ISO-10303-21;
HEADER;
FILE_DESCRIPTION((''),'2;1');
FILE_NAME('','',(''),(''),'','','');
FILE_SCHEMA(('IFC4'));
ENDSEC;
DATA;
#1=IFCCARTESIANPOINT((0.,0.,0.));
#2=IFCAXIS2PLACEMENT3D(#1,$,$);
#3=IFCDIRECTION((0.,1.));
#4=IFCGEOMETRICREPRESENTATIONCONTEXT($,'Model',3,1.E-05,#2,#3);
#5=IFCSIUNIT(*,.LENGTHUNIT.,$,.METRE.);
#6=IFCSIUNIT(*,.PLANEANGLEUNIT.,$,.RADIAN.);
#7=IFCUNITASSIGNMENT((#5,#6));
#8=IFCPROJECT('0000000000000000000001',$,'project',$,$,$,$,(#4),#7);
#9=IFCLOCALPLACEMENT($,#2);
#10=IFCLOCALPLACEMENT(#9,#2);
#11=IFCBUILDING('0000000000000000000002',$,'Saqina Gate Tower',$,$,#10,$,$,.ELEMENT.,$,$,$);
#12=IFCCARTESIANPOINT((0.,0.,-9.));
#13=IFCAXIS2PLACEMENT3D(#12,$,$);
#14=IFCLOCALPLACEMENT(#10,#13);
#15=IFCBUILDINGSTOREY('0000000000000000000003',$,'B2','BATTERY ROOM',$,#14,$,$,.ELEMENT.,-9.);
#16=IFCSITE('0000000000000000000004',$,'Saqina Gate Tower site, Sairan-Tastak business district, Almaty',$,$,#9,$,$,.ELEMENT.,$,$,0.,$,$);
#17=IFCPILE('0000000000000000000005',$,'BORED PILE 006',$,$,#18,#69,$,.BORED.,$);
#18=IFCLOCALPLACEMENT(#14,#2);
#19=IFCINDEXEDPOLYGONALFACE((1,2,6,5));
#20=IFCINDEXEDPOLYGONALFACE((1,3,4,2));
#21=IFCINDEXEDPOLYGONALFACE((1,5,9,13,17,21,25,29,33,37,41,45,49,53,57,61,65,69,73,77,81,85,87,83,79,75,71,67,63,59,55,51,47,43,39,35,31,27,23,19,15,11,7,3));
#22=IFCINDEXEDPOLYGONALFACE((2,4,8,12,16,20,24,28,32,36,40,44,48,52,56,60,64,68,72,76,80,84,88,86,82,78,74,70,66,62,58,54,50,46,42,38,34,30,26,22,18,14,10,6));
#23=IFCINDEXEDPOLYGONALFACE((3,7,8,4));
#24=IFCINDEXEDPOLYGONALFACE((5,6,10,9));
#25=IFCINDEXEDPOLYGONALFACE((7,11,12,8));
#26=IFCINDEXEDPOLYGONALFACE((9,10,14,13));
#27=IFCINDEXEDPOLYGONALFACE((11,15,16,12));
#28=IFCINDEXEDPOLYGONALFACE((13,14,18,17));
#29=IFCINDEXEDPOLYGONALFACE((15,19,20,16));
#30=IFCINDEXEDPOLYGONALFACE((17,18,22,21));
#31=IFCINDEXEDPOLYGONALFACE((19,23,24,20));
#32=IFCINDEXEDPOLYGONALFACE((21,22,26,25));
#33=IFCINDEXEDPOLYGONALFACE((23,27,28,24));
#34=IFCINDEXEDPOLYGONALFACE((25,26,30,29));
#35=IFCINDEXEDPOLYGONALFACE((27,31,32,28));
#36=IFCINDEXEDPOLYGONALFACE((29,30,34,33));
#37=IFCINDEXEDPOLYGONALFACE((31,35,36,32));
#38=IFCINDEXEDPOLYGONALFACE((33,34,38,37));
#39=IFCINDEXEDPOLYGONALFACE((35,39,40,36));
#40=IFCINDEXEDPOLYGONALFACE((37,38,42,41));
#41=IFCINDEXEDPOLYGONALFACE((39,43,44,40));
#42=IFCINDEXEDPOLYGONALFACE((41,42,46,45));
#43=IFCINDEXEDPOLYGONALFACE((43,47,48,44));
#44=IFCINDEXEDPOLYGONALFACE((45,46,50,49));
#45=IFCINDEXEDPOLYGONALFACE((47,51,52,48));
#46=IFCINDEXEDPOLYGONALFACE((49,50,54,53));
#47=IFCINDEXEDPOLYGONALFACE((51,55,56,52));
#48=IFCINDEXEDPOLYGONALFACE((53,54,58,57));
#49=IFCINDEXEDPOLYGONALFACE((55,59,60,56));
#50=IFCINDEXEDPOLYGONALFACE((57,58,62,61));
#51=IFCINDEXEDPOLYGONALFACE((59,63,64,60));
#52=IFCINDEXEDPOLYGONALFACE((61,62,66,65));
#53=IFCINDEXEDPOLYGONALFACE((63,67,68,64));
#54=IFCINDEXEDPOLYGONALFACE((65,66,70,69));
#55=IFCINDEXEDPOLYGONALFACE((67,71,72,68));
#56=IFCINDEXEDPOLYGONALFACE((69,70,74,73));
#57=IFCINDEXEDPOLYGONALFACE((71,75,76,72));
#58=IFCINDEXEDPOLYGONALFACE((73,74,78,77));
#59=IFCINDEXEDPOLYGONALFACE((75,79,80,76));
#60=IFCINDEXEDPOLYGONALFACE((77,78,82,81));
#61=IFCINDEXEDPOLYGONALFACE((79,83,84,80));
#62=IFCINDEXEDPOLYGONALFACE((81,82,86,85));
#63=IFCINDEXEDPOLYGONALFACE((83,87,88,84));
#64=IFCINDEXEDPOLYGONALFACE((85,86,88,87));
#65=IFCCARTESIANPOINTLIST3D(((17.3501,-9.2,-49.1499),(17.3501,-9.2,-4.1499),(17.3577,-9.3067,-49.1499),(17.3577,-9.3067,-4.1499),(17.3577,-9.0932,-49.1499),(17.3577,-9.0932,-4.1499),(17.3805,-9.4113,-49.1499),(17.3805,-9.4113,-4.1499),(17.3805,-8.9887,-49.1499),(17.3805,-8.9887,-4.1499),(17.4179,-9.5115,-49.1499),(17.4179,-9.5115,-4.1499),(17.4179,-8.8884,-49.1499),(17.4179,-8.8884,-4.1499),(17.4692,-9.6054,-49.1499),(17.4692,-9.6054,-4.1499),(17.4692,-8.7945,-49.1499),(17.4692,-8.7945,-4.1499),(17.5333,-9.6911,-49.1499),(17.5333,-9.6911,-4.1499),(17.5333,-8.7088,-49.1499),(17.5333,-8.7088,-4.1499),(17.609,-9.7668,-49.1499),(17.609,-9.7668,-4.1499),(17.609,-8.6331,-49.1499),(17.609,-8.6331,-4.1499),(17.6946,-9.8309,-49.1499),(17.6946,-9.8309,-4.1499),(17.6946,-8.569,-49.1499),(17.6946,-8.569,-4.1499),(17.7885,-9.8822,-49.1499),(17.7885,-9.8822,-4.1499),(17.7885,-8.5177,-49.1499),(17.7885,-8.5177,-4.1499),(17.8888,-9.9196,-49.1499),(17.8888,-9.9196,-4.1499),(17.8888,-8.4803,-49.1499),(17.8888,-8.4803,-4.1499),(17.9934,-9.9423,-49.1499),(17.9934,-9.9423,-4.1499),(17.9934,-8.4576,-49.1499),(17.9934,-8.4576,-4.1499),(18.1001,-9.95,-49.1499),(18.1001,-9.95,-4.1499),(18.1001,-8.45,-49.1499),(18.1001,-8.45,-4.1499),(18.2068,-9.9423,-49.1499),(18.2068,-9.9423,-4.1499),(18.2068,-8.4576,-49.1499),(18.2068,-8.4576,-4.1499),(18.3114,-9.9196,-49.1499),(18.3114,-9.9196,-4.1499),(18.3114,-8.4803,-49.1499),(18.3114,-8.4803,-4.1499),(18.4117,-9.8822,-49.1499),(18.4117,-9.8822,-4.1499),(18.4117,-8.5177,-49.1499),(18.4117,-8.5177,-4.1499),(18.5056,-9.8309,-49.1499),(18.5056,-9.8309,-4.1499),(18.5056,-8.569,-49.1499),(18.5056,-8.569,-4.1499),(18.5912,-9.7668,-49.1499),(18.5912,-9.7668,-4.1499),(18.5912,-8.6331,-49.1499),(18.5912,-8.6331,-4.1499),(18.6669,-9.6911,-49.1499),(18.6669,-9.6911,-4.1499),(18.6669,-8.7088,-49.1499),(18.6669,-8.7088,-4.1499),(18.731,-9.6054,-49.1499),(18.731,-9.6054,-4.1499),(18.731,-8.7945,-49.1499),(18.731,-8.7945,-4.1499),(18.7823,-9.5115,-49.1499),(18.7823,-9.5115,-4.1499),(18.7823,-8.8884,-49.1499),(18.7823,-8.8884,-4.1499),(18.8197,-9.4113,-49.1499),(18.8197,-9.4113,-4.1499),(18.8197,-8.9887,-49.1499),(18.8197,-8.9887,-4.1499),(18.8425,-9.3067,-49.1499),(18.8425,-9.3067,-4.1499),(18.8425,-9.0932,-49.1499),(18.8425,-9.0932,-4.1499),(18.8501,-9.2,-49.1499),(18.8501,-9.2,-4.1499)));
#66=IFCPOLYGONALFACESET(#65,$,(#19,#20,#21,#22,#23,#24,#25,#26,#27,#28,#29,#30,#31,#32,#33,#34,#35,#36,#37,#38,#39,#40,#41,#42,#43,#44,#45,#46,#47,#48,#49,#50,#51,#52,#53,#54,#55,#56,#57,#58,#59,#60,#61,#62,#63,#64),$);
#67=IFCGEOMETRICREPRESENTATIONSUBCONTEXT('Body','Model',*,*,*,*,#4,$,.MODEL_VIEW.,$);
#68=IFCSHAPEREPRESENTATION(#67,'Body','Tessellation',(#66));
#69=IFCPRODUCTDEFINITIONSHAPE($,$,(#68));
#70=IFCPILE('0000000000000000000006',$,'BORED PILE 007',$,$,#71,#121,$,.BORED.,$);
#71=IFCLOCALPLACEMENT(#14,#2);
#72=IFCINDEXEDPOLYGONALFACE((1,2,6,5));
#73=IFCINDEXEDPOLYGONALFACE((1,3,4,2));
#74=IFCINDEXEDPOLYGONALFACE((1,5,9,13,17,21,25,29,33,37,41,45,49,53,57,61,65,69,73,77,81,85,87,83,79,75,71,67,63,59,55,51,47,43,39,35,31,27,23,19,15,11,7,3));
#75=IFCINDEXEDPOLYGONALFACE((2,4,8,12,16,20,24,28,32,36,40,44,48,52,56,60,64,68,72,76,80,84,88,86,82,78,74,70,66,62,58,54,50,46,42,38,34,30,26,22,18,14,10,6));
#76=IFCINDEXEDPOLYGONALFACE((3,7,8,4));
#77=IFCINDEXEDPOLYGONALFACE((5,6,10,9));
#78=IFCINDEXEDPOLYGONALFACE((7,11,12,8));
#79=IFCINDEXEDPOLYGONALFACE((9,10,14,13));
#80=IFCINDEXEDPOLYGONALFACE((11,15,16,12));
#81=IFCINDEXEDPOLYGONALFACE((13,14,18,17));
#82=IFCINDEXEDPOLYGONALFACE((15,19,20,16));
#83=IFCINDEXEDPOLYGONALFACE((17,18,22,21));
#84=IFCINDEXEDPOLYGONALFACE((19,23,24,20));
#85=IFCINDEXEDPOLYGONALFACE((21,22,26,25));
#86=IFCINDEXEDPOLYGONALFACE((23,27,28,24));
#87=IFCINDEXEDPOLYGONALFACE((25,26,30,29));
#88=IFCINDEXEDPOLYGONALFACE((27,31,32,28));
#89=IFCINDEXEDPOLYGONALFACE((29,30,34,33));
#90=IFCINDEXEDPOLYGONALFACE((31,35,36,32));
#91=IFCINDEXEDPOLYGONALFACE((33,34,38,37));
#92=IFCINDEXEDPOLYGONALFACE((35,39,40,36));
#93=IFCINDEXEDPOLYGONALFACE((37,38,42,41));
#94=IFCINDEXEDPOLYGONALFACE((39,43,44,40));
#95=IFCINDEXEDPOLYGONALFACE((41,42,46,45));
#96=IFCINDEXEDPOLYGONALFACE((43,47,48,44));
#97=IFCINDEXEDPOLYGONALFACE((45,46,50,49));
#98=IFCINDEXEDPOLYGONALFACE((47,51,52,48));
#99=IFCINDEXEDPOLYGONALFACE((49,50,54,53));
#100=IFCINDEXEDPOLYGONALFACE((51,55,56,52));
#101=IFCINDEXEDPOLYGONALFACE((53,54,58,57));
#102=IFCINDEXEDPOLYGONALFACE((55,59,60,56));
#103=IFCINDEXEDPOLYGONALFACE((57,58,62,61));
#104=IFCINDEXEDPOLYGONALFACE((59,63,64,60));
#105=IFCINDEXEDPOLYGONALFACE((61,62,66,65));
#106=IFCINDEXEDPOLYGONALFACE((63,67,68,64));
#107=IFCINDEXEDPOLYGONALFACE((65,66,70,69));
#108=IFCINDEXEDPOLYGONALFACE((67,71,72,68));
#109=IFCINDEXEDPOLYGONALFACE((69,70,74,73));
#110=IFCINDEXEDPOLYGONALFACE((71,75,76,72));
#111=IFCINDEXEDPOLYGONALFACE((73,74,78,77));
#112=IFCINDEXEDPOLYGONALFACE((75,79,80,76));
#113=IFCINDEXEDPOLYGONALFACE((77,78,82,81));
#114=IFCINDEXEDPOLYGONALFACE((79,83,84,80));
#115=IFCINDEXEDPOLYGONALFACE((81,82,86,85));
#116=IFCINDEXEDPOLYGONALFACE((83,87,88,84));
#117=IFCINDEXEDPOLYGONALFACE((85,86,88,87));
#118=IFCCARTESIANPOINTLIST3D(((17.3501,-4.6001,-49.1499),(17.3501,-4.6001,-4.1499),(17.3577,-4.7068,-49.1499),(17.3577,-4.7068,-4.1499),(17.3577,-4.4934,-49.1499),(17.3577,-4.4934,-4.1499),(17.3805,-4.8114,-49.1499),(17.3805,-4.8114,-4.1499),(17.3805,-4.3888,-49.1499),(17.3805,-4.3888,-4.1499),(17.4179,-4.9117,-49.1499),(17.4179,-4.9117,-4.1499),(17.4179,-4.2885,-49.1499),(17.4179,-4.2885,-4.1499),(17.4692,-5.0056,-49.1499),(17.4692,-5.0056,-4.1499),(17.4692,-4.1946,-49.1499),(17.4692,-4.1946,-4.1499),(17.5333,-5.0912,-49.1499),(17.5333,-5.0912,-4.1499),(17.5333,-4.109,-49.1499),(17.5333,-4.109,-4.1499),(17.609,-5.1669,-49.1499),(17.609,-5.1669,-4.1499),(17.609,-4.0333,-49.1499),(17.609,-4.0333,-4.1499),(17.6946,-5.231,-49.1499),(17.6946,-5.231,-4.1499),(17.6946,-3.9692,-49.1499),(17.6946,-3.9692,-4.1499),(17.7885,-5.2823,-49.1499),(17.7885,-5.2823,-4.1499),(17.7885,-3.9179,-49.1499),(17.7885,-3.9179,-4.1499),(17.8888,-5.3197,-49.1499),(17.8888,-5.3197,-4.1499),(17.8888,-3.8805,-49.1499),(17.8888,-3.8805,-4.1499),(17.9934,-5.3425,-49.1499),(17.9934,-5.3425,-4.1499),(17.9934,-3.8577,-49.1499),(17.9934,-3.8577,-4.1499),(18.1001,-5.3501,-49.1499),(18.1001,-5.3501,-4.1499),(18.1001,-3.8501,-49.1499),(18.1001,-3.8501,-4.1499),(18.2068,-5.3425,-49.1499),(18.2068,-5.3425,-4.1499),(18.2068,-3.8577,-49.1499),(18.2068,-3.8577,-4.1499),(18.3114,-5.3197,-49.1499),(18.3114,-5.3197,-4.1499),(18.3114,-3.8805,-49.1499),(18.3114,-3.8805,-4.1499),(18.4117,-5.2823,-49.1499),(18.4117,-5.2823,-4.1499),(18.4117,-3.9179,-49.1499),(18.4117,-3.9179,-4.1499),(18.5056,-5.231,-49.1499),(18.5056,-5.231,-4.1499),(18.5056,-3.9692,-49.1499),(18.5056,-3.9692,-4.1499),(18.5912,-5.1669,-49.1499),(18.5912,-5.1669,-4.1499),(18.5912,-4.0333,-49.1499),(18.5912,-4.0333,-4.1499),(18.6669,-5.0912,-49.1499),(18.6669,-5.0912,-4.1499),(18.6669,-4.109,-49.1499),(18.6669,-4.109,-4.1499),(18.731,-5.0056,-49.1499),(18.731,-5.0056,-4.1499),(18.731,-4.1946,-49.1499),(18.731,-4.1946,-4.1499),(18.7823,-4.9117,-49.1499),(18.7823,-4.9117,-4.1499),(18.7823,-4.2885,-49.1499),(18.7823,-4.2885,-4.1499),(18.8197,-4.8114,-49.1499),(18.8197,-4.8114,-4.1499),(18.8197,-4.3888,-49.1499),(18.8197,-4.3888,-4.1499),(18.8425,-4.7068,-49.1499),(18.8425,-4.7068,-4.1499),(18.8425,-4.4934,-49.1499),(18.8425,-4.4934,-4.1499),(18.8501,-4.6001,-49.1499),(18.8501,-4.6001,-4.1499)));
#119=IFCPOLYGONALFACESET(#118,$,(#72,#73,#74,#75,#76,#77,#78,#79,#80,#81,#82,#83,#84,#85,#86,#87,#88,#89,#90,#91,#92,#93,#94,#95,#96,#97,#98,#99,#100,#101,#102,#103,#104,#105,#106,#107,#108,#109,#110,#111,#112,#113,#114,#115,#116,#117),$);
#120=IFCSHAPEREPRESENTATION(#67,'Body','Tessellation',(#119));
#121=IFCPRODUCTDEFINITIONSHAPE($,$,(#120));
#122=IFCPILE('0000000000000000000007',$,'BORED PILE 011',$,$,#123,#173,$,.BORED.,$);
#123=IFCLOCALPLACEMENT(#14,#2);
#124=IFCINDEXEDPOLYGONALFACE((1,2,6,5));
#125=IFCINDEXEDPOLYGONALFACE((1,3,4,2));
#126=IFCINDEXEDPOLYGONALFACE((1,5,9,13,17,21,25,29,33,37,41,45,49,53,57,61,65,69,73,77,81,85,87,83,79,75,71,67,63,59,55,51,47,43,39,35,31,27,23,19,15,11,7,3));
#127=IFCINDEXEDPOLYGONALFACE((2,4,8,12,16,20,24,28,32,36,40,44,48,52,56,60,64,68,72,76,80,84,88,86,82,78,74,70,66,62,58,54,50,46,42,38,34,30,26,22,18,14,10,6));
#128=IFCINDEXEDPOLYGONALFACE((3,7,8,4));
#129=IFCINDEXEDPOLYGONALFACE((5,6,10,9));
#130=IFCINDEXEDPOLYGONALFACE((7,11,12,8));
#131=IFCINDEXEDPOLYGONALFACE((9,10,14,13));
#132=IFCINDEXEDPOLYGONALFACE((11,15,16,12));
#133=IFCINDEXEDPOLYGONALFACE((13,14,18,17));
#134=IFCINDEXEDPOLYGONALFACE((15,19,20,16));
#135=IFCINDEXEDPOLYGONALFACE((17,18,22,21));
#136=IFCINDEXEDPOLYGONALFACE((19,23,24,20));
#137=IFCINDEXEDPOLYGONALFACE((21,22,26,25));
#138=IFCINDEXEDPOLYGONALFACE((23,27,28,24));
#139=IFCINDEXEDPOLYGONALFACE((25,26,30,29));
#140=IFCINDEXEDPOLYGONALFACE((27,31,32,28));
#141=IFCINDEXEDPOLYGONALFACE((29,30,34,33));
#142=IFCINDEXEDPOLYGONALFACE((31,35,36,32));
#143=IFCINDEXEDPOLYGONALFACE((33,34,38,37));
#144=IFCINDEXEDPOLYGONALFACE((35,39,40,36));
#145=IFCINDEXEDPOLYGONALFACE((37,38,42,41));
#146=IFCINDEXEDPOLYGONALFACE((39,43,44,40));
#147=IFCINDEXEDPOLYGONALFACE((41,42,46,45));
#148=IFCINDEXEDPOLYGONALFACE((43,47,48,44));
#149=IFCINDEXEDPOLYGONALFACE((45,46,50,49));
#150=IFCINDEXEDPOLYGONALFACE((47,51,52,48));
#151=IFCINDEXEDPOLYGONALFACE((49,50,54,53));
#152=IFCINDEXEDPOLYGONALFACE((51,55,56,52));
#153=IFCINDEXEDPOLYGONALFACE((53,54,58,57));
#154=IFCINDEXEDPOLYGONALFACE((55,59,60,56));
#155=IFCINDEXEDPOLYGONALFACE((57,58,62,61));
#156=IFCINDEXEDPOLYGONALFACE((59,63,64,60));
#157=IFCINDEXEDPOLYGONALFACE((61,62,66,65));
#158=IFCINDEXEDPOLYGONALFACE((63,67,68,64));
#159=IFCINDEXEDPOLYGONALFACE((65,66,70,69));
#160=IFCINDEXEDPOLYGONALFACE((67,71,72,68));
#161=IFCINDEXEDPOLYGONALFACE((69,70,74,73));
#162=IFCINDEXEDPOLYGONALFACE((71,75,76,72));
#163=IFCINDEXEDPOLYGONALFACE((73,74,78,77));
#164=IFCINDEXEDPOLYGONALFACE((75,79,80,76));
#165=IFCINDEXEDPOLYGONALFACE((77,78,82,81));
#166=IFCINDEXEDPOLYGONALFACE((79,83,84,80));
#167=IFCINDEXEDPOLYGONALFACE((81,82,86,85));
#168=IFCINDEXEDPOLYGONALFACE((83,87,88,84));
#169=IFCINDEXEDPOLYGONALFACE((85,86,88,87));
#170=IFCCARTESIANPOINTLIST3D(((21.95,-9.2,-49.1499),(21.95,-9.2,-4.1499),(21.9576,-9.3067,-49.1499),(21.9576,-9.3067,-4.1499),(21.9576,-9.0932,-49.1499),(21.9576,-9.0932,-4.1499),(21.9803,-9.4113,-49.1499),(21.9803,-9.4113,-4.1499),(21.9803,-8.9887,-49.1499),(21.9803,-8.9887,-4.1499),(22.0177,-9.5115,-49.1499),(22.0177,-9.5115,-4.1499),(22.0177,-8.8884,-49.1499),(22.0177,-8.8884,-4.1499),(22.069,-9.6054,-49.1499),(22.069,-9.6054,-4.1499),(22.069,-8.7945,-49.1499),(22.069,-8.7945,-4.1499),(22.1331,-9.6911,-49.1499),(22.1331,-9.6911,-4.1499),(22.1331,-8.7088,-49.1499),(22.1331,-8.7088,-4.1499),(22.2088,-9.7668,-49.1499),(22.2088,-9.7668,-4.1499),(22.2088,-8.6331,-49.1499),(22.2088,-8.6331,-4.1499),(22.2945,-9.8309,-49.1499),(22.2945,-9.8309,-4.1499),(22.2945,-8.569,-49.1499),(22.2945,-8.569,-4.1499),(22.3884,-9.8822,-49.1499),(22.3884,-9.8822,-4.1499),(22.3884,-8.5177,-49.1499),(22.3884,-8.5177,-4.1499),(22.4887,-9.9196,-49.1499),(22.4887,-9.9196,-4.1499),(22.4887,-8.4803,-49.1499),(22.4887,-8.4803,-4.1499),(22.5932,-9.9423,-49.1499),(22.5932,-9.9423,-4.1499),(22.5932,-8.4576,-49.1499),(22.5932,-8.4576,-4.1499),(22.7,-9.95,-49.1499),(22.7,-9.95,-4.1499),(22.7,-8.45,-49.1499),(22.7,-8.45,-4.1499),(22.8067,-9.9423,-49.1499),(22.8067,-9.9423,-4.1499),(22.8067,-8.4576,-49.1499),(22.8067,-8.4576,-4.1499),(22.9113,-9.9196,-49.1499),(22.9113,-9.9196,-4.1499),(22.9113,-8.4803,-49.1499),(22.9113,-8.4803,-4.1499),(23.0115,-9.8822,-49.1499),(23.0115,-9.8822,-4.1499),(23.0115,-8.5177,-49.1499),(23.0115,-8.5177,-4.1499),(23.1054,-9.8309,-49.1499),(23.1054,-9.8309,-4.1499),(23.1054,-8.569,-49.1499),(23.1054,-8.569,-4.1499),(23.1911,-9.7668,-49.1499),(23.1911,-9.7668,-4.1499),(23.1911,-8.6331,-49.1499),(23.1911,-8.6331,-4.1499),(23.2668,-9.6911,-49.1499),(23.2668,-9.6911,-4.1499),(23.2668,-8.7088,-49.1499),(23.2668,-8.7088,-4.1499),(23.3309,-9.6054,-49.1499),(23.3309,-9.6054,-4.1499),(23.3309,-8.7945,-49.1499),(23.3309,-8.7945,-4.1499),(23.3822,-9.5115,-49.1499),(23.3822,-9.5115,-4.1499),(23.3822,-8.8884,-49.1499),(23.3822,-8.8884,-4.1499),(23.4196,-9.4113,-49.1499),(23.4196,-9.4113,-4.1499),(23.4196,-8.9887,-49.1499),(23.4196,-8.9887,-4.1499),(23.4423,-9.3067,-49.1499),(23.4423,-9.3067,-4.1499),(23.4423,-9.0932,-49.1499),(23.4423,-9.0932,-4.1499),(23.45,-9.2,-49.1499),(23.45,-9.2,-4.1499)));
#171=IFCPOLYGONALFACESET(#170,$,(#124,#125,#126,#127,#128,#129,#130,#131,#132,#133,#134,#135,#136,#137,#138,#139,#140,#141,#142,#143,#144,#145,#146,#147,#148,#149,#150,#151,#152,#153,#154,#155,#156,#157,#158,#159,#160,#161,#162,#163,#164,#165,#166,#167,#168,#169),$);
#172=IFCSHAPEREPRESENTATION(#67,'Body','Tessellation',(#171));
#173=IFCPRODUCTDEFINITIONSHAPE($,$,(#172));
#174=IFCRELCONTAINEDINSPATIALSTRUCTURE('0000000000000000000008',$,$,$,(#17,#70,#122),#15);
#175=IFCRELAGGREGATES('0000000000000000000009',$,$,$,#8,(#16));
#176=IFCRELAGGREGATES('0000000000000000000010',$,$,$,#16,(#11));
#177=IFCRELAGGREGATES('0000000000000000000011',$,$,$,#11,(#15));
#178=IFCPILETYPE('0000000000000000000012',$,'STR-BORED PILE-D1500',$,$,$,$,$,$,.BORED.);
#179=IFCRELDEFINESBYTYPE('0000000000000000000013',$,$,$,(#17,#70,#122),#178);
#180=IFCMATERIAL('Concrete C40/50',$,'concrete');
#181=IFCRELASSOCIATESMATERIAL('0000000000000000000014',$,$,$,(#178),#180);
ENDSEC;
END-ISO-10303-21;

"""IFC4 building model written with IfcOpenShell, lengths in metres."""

from ifc_helpers import new_model, si_unit, direction, frame, origin, origin_2d, place, context, subcontext, project, spatial, circle, extrude, material, material_profile, profile_set, type_object, element, save


model = new_model("IFC4")

# Units and contexts
model_context = context("Model", 3, precision=1e-05, world=origin(), true_north=direction((0.0, 1.0)))
body_context = subcontext(model_context, "Body", "Model", "MODEL_VIEW")
ifc_project = project(units=[si_unit("LENGTHUNIT", "METRE"), si_unit("PLANEANGLEUNIT", "RADIAN")], contexts=[model_context])

# Site, building, storey
site_placement = place(None, origin())
site = spatial("IfcSite", under=ifc_project, at=site_placement, Name="Saqina Gate Tower site, Sairan-Tastak business district, Almaty", CompositionType="ELEMENT", RefElevation=0.0)
building_placement = place(site_placement, origin())
building = spatial("IfcBuilding", under=site, at=building_placement, Name="Saqina Gate Tower", CompositionType="ELEMENT")
storey_placement = place(building_placement, frame((0.0, 0.0, -9.0)))
storey = spatial("IfcBuildingStorey", under=building, at=storey_placement, Name="B2", Description="BATTERY ROOM", CompositionType="ELEMENT", Elevation=-9.0)

# Piles
ifc_material_1 = material(Name="Concrete C40/50", Category="concrete")
ifc_material_profile_1 = material_profile(ifc_material_1, circle(Radius=0.75, at=origin_2d()), Name="RC D1500")
ifc_profile_set_1 = profile_set([ifc_material_profile_1], Name="Concrete C40/50")
pile_type = type_object("IfcPileType", Name="STR-BORED PILE-D1500", PredefinedType="BORED", material=ifc_profile_set_1)
for number, where, z_axis, x_axis, name in (
    (1, (18.1001, -9.2, -4.1499), (0.0, 0.0, -1.0), (1.0, 0.0, 0.0), "BORED PILE 006"),
    (2, (18.1001, -4.6001, -4.1499), (0.0, 0.0, -1.0), (1.0, 0.0, 0.0), "BORED PILE 007"),
    (3, (22.7, -9.2, -4.1499), (0.0, 0.0, -1.0), (1.0, 0.0, 0.0), "BORED PILE 011"),
):
    element("IfcPile", number, at=place(storey_placement, frame(where, z_axis=z_axis, x_axis=x_axis)), inside=storey, type_object=pile_type, Name=name, PredefinedType="BORED", context=body_context, shape_type="SweptSolid", body=[
        extrude(circle(Radius=0.75, at=origin_2d()), origin(), (0.0, 0.0, 1.0), 45.0),
    ])

save(model, "model.ifc")
